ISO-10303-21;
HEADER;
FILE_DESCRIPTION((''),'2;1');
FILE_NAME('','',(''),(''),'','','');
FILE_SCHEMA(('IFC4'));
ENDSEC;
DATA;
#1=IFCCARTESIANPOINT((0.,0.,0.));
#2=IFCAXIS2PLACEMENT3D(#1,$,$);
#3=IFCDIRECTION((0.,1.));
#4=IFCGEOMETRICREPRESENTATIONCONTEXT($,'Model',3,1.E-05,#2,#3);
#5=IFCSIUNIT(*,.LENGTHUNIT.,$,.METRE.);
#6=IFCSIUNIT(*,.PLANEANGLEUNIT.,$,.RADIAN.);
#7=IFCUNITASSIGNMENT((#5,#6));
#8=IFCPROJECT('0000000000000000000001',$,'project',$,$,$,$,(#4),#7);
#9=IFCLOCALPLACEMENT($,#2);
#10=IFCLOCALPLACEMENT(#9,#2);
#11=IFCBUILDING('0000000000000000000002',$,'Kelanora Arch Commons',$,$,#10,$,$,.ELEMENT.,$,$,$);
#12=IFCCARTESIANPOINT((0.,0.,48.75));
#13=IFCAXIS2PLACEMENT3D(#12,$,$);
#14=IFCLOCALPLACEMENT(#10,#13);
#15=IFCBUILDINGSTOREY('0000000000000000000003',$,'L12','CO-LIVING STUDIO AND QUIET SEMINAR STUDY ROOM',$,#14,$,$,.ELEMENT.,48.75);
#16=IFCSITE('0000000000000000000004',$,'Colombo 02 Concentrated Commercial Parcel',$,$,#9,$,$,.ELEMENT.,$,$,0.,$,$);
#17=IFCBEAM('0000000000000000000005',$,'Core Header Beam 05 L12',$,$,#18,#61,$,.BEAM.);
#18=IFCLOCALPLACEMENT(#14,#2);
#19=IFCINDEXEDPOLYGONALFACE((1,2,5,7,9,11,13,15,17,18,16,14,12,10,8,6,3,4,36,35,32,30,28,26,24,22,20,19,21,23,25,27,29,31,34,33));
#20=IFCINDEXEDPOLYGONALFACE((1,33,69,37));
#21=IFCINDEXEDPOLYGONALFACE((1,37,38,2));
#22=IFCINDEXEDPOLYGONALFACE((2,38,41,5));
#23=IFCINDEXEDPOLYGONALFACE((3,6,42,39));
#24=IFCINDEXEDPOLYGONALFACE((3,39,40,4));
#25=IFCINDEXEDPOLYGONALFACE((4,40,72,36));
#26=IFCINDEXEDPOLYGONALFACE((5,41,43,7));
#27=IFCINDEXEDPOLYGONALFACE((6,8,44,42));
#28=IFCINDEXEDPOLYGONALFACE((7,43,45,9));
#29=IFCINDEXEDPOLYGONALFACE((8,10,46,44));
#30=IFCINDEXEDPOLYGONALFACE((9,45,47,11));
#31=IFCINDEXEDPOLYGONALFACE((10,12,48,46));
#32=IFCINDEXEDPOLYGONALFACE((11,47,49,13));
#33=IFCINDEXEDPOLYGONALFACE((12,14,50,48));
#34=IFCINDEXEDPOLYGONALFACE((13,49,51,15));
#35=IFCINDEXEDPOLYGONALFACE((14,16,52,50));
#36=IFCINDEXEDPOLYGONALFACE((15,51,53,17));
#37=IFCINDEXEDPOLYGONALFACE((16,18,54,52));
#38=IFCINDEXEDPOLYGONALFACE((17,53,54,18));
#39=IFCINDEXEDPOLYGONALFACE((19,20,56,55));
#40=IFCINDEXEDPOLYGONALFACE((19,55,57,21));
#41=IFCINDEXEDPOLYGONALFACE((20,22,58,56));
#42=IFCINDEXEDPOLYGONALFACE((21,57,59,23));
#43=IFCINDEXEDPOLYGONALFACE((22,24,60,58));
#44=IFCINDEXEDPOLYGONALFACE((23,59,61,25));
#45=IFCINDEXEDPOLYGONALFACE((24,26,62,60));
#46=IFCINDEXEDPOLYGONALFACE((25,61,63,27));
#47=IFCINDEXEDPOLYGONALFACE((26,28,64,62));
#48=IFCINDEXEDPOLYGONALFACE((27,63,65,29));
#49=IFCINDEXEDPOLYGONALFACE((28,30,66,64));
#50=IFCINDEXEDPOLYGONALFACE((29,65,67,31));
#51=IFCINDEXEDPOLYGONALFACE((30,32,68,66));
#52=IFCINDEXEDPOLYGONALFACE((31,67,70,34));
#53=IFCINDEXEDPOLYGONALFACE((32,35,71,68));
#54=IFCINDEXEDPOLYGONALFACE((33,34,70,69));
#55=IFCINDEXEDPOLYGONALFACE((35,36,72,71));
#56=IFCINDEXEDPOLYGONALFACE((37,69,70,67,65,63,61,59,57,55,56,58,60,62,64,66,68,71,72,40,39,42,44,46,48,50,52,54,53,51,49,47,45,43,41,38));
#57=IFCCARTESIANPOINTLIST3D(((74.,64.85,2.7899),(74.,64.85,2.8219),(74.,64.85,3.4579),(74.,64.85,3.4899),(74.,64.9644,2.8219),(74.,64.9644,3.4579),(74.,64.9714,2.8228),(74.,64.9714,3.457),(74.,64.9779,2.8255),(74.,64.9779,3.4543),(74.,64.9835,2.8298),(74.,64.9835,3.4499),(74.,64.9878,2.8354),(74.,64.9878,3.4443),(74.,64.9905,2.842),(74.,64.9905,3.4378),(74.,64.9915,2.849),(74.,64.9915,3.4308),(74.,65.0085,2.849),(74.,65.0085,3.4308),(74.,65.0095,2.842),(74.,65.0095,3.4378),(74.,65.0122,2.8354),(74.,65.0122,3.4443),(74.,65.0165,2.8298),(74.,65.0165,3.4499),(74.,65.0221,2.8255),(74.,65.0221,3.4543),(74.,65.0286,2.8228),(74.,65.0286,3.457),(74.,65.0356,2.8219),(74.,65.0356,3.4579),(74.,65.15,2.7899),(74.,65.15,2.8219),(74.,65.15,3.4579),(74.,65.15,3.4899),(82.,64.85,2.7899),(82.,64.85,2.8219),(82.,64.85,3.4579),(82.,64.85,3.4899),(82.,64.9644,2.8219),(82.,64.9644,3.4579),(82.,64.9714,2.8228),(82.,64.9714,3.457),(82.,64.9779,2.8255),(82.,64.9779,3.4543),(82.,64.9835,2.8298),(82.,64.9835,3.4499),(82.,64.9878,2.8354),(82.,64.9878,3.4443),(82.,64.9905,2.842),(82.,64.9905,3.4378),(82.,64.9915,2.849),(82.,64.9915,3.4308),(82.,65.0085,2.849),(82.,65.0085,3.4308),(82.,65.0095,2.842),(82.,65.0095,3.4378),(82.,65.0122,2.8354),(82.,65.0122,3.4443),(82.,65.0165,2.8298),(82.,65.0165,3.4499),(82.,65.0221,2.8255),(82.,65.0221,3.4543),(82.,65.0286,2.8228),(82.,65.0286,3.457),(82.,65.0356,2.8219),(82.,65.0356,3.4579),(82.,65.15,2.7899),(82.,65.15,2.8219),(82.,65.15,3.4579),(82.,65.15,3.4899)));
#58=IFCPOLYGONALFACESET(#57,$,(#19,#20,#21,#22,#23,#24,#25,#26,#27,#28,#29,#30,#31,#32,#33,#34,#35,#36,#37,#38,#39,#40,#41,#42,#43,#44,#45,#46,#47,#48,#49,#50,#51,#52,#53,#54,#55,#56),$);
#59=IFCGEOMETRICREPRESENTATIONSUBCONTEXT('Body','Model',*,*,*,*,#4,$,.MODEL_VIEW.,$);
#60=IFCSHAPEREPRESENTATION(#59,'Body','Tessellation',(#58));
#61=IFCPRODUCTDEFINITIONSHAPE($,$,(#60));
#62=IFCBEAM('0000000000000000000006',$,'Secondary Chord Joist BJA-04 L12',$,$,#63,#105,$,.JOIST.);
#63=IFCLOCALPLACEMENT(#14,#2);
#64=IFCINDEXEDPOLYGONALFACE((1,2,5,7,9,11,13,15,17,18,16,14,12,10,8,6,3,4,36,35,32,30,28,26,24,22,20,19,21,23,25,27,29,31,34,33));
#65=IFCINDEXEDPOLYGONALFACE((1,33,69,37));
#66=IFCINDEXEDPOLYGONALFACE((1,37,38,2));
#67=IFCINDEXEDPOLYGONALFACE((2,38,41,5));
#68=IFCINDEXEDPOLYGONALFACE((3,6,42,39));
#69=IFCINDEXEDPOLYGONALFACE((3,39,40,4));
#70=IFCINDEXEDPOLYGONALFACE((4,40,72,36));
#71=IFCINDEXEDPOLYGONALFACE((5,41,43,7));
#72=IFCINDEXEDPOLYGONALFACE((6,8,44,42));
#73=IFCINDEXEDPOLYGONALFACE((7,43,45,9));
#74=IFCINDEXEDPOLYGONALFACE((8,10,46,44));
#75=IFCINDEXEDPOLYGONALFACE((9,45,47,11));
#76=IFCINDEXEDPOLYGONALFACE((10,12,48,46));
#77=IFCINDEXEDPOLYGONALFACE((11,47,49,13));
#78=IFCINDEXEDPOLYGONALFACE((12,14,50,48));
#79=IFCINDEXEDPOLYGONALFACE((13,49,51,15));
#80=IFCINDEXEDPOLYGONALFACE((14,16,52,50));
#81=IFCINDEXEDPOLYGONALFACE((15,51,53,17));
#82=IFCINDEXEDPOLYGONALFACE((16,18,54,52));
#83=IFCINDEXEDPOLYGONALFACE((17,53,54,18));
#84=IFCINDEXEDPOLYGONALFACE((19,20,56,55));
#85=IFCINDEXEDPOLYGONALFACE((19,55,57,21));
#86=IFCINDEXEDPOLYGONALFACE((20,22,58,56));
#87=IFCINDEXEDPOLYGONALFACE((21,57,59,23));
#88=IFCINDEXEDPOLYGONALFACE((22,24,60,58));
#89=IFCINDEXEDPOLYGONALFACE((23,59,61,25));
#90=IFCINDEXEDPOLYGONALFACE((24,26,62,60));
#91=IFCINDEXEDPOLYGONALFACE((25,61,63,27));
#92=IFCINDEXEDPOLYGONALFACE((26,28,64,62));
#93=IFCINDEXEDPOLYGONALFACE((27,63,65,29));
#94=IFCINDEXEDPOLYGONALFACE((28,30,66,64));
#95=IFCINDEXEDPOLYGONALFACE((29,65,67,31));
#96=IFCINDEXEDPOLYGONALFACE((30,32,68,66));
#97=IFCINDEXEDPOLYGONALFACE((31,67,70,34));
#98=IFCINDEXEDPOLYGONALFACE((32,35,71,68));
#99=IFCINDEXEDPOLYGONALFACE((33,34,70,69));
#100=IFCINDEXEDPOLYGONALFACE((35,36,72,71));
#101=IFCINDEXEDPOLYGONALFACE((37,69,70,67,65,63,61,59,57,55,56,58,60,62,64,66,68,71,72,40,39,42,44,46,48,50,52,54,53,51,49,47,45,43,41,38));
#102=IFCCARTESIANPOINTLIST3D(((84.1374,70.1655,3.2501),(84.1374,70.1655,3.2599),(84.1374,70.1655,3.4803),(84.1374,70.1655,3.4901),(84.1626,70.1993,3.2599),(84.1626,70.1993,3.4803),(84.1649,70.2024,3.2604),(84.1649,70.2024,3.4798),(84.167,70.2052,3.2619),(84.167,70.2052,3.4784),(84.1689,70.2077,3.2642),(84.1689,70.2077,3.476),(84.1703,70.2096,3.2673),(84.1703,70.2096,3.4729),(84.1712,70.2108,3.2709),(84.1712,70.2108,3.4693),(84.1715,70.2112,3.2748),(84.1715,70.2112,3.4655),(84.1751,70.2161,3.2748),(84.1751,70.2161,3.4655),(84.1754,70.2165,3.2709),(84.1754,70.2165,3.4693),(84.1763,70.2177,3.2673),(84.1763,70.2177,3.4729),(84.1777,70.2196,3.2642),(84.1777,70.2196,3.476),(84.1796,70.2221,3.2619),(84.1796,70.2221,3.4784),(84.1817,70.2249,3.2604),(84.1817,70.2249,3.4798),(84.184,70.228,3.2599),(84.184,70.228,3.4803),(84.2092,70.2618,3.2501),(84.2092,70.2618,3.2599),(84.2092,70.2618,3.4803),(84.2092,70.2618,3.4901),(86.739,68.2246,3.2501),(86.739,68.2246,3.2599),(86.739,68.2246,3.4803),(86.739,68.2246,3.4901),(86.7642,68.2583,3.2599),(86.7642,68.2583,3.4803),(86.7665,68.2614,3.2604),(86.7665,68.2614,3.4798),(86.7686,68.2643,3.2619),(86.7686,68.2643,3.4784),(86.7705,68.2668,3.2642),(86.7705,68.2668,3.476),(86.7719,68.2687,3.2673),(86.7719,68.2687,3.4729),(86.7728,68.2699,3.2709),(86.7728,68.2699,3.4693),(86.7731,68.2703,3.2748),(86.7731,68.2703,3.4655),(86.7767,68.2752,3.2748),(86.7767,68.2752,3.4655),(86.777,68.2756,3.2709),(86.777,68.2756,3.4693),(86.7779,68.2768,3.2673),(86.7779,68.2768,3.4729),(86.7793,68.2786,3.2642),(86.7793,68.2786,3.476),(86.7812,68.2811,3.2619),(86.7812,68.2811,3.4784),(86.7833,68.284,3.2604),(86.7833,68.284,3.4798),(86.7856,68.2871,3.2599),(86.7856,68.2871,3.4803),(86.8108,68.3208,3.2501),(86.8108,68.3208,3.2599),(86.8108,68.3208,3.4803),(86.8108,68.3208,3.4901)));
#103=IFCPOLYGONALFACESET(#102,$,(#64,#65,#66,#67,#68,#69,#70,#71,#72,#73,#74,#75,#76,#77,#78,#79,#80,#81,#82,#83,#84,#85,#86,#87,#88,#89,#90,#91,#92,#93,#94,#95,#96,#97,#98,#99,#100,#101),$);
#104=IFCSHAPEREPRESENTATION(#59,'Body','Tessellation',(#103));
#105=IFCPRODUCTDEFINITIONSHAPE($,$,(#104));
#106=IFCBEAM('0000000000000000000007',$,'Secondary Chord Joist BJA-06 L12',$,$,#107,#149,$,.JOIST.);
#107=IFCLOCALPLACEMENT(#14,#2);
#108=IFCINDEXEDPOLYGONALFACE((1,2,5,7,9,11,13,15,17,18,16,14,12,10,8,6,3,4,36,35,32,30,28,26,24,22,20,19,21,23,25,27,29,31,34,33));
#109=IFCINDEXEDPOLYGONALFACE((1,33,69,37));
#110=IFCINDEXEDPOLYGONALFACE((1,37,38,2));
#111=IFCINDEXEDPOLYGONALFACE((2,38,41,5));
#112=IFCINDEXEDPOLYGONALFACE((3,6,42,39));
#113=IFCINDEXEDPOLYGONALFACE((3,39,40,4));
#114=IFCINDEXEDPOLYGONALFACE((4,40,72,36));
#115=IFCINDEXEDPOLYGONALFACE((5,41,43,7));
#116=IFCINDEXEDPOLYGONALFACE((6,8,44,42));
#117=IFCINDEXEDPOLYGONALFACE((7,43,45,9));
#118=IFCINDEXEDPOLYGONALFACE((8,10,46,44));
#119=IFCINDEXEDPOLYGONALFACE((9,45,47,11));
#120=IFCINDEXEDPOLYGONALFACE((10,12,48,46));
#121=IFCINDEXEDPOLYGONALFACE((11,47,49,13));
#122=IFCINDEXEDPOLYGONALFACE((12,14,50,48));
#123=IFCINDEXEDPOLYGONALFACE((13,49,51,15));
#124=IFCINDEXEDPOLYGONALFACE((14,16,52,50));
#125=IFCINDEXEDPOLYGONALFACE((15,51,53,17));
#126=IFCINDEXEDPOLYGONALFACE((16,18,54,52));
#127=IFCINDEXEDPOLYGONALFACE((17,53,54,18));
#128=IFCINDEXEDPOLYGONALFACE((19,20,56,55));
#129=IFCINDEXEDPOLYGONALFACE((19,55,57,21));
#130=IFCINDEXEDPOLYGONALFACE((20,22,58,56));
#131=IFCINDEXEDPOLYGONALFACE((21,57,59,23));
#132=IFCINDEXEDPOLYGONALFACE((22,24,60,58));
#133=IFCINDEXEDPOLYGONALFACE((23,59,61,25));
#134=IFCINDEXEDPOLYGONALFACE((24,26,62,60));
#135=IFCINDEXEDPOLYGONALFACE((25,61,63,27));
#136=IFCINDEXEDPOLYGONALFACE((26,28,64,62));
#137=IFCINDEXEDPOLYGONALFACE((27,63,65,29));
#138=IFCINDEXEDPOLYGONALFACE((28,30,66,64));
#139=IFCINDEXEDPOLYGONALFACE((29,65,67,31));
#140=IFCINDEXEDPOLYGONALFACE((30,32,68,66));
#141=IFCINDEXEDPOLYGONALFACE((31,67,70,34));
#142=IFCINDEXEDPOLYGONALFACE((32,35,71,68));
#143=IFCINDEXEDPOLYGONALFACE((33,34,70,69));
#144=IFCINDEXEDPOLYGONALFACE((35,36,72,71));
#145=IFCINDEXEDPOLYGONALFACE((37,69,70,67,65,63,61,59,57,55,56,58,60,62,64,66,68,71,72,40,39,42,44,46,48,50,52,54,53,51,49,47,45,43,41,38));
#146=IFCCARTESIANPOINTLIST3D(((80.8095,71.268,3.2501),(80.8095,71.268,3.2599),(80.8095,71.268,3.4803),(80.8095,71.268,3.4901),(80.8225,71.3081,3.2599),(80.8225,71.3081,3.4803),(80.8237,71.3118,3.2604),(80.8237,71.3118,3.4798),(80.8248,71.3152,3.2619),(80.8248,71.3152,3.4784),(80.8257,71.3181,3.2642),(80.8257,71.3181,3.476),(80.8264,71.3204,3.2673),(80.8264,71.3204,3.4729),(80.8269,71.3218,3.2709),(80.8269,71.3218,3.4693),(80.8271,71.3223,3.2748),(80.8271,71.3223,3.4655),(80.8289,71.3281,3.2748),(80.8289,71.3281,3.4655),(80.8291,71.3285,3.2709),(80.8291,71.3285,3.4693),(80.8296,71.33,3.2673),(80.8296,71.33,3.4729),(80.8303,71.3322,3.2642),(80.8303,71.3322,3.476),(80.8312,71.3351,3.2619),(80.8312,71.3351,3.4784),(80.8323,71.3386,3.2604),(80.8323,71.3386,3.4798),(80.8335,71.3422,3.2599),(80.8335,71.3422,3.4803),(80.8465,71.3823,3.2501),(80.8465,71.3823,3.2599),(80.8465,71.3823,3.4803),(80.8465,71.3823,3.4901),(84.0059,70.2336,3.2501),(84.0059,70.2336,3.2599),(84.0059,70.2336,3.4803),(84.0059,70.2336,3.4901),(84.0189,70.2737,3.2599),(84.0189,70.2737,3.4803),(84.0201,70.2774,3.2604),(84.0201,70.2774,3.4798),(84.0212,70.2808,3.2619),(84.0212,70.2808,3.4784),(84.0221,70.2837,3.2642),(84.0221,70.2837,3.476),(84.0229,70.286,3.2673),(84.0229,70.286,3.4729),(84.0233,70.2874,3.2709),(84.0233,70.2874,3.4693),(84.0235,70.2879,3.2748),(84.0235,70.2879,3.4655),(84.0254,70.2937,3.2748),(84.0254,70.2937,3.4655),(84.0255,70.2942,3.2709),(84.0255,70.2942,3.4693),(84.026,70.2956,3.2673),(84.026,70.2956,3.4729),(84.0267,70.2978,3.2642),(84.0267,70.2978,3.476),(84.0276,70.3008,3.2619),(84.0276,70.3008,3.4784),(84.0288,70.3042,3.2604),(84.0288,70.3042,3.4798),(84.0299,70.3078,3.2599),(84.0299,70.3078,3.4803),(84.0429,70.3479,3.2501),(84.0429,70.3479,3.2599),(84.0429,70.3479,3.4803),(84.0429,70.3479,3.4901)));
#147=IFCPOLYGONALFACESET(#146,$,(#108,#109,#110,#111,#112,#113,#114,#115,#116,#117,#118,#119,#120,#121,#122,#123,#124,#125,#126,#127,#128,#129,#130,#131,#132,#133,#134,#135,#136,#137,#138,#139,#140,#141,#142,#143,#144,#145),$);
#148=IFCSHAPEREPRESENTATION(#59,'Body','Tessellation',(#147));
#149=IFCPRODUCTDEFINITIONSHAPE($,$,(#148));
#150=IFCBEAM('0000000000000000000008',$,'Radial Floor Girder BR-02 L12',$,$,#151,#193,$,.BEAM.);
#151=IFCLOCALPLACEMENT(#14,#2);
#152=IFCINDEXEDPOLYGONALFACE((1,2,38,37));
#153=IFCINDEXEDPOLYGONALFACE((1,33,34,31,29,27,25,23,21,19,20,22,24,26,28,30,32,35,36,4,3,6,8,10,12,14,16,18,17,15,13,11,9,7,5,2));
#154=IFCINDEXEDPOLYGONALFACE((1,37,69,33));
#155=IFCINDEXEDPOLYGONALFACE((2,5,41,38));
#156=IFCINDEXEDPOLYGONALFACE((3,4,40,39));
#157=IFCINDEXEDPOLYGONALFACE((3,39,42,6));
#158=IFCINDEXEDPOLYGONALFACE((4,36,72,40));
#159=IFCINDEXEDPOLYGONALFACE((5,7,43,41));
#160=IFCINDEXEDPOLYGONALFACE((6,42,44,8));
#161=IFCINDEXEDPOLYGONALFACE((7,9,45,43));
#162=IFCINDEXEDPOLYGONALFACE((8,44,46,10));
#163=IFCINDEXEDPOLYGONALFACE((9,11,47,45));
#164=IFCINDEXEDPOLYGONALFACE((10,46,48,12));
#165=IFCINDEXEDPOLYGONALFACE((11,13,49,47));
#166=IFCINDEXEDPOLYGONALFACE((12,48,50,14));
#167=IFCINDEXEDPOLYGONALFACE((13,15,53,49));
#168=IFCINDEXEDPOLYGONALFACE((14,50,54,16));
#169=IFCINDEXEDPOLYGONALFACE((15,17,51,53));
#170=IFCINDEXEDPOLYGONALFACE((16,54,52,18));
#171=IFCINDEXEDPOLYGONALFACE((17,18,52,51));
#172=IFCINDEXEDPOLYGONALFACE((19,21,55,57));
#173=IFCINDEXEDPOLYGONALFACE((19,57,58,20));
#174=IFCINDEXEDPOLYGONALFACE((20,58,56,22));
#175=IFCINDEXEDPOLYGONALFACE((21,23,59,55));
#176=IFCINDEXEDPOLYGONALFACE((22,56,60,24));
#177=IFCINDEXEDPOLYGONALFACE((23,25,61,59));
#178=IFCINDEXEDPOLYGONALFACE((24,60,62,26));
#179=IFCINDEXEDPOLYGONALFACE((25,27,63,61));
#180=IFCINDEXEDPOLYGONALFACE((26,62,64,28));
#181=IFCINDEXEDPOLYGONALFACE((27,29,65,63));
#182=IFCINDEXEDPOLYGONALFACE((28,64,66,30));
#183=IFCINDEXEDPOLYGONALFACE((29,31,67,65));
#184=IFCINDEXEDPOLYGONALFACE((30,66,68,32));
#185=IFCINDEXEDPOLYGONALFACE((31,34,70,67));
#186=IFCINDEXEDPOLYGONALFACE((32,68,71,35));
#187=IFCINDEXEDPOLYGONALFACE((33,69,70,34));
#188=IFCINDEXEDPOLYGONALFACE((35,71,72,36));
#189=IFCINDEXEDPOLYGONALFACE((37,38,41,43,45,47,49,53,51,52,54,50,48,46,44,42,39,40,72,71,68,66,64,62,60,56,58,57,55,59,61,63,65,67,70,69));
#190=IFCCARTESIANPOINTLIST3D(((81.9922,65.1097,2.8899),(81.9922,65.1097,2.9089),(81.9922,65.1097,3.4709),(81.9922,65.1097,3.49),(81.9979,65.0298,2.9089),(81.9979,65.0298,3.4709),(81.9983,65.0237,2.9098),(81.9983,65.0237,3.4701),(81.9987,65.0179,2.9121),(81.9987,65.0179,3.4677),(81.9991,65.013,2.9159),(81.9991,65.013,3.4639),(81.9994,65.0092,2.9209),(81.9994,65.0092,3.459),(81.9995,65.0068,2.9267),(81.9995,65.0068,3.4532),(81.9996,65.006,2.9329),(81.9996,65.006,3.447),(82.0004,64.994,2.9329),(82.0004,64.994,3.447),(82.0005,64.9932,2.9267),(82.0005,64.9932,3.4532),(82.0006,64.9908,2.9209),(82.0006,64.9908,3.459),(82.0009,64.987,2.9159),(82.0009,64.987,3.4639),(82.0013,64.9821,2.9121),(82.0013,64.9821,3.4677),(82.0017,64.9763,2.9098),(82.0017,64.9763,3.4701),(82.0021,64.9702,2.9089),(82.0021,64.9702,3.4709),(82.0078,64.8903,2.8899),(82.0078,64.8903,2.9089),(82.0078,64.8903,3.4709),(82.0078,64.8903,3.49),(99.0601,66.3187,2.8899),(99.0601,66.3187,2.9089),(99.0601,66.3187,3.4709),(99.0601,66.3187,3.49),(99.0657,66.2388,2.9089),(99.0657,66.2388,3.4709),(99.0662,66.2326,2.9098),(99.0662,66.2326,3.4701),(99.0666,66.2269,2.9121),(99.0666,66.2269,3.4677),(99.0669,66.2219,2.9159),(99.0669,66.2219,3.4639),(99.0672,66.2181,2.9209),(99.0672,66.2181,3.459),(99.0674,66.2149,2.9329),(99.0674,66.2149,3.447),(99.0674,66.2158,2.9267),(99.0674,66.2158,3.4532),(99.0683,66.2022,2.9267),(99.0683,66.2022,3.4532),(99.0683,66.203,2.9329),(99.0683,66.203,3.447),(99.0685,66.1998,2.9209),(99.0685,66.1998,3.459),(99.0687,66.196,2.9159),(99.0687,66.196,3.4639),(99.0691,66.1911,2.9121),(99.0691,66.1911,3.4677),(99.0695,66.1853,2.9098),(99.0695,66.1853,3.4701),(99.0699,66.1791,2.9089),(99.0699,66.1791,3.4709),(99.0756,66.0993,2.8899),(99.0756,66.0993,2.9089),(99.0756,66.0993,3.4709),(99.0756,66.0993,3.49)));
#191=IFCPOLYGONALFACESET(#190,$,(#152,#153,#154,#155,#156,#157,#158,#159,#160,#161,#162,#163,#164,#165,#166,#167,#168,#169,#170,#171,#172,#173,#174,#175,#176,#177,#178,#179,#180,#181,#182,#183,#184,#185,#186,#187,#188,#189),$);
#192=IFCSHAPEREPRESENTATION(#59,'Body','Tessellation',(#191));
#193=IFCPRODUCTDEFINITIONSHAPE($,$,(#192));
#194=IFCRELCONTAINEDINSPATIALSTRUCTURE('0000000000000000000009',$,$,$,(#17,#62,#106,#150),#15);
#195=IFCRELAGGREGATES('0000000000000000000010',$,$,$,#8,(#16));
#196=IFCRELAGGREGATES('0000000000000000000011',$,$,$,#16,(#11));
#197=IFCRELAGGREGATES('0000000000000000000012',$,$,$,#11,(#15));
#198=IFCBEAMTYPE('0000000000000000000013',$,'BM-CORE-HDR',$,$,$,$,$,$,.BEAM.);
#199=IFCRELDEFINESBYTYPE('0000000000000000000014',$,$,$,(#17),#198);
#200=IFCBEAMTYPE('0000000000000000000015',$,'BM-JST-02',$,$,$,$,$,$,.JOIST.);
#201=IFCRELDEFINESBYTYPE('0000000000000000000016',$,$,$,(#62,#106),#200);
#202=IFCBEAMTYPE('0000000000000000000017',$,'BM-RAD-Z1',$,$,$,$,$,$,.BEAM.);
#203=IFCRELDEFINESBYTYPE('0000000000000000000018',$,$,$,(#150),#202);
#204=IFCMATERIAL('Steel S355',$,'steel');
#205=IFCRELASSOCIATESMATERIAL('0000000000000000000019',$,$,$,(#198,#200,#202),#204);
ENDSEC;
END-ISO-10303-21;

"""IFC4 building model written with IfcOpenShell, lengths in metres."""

from ifc_helpers import new_model, si_unit, direction, frame, origin, origin_2d, place, context, subcontext, project, spatial, i_section, extrude, material, material_profile, profile_set, type_object, element, save


model = new_model("IFC4")

# Units and contexts
model_context = context("Model", 3, precision=1e-05, world=origin(), true_north=direction((0.0, 1.0)))
body_context = subcontext(model_context, "Body", "Model", "MODEL_VIEW")
ifc_project = project(units=[si_unit("LENGTHUNIT", "METRE"), si_unit("PLANEANGLEUNIT", "RADIAN")], contexts=[model_context])

# Site, building, storey
site_placement = place(None, origin())
site = spatial("IfcSite", under=ifc_project, at=site_placement, Name="Colombo 02 Concentrated Commercial Parcel", CompositionType="ELEMENT", RefElevation=0.0)
building_placement = place(site_placement, origin())
building = spatial("IfcBuilding", under=site, at=building_placement, Name="Kelanora Arch Commons", CompositionType="ELEMENT")
storey_placement = place(building_placement, frame((0.0, 0.0, 48.75)))
storey = spatial("IfcBuildingStorey", under=building, at=storey_placement, Name="L12", Description="CO-LIVING STUDIO AND QUIET SEMINAR STUDY ROOM", CompositionType="ELEMENT", Elevation=48.75)

# Beams
ifc_material_1 = material(Name="Steel S355", Category="steel")
ifc_material_profile_1 = material_profile(ifc_material_1, i_section(OverallWidth=0.3, OverallDepth=0.7, WebThickness=0.0171, FlangeThickness=0.032, FilletRadius=0.0271, at=origin_2d()), Name="HEB700")
ifc_profile_set_1 = profile_set([ifc_material_profile_1], Name="Steel S355")
beam_type_1 = type_object("IfcBeamType", Name="BM-CORE-HDR", PredefinedType="BEAM", material=ifc_profile_set_1)
beam_1_placement = place(storey_placement, frame((82.0, 65.0, 3.1399), z_axis=(-1.0, 0.0, 0.0), x_axis=(0.0, -1.0, 0.0)))
element("IfcBeam", 1, at=beam_1_placement, inside=storey, type_object=beam_type_1, Name="Core Header Beam 05 L12", PredefinedType="BEAM", context=body_context, shape_type="SweptSolid", body=[
    extrude(i_section(OverallWidth=0.3, OverallDepth=0.7, WebThickness=0.0171, FlangeThickness=0.032, FilletRadius=0.0271, at=origin_2d()), origin(), (0.0, 0.0, 1.0), 8.0),
])
ifc_material_profile_2 = material_profile(ifc_material_1, i_section(OverallWidth=0.1201, OverallDepth=0.24, WebThickness=0.0061, FlangeThickness=0.0098, FilletRadius=0.0149, at=origin_2d()), Name="IPE240")
ifc_profile_set_2 = profile_set([ifc_material_profile_2], Name="Steel S355")
beam_type_2 = type_object("IfcBeamType", Name="BM-JST-02", PredefinedType="JOIST", material=ifc_profile_set_2)
beam_2_placement = place(storey_placement, frame((86.7749, 68.2727, 3.3701), z_axis=(-0.801514, 0.597976, 0.0), x_axis=(-0.597976, -0.801514, 0.0)))
element("IfcBeam", 2, at=beam_2_placement, inside=storey, type_object=beam_type_2, Name="Secondary Chord Joist BJA-04 L12", PredefinedType="JOIST", context=body_context, shape_type="SweptSolid", body=[
    extrude(i_section(OverallWidth=0.1201, OverallDepth=0.24, WebThickness=0.0061, FlangeThickness=0.0098, FilletRadius=0.0149, at=origin_2d()), origin(), (0.0, 0.0, 1.0), 3.2458),
])
beam_3_placement = place(storey_placement, frame((84.0244, 70.2908, 3.3701), z_axis=(-0.951423, 0.307888, 0.0), x_axis=(-0.307888, -0.951423, 0.0)))
element("IfcBeam", 3, at=beam_3_placement, inside=storey, type_object=beam_type_2, Name="Secondary Chord Joist BJA-06 L12", PredefinedType="JOIST", context=body_context, shape_type="SweptSolid", body=[
    extrude(i_section(OverallWidth=0.1201, OverallDepth=0.24, WebThickness=0.0061, FlangeThickness=0.0098, FilletRadius=0.0149, at=origin_2d()), origin(), (0.0, 0.0, 1.0), 3.3596),
])
ifc_material_profile_3 = material_profile(ifc_material_1, i_section(OverallWidth=0.22, OverallDepth=0.6001, WebThickness=0.012, FlangeThickness=0.019, FilletRadius=0.0239, at=origin_2d()), Name="IPE600")
ifc_profile_set_3 = profile_set([ifc_material_profile_3], Name="Steel S355")
beam_type_3 = type_object("IfcBeamType", Name="BM-RAD-Z1", PredefinedType="BEAM", material=ifc_profile_set_3)
beam_4_placement = place(storey_placement, frame((82.0, 65.0, 3.1899), z_axis=(0.997501, 0.070657, 0.0), x_axis=(-0.070657, 0.997501, 0.0)))
element("IfcBeam", 4, at=beam_4_placement, inside=storey, type_object=beam_type_3, Name="Radial Floor Girder BR-02 L12", PredefinedType="BEAM", context=body_context, shape_type="SweptSolid", body=[
    extrude(i_section(OverallWidth=0.22, OverallDepth=0.6001, WebThickness=0.012, FlangeThickness=0.019, FilletRadius=0.0239, at=origin_2d()), origin(), (0.0, 0.0, 1.0), 17.1106),
])

save(model, "model.ifc")
